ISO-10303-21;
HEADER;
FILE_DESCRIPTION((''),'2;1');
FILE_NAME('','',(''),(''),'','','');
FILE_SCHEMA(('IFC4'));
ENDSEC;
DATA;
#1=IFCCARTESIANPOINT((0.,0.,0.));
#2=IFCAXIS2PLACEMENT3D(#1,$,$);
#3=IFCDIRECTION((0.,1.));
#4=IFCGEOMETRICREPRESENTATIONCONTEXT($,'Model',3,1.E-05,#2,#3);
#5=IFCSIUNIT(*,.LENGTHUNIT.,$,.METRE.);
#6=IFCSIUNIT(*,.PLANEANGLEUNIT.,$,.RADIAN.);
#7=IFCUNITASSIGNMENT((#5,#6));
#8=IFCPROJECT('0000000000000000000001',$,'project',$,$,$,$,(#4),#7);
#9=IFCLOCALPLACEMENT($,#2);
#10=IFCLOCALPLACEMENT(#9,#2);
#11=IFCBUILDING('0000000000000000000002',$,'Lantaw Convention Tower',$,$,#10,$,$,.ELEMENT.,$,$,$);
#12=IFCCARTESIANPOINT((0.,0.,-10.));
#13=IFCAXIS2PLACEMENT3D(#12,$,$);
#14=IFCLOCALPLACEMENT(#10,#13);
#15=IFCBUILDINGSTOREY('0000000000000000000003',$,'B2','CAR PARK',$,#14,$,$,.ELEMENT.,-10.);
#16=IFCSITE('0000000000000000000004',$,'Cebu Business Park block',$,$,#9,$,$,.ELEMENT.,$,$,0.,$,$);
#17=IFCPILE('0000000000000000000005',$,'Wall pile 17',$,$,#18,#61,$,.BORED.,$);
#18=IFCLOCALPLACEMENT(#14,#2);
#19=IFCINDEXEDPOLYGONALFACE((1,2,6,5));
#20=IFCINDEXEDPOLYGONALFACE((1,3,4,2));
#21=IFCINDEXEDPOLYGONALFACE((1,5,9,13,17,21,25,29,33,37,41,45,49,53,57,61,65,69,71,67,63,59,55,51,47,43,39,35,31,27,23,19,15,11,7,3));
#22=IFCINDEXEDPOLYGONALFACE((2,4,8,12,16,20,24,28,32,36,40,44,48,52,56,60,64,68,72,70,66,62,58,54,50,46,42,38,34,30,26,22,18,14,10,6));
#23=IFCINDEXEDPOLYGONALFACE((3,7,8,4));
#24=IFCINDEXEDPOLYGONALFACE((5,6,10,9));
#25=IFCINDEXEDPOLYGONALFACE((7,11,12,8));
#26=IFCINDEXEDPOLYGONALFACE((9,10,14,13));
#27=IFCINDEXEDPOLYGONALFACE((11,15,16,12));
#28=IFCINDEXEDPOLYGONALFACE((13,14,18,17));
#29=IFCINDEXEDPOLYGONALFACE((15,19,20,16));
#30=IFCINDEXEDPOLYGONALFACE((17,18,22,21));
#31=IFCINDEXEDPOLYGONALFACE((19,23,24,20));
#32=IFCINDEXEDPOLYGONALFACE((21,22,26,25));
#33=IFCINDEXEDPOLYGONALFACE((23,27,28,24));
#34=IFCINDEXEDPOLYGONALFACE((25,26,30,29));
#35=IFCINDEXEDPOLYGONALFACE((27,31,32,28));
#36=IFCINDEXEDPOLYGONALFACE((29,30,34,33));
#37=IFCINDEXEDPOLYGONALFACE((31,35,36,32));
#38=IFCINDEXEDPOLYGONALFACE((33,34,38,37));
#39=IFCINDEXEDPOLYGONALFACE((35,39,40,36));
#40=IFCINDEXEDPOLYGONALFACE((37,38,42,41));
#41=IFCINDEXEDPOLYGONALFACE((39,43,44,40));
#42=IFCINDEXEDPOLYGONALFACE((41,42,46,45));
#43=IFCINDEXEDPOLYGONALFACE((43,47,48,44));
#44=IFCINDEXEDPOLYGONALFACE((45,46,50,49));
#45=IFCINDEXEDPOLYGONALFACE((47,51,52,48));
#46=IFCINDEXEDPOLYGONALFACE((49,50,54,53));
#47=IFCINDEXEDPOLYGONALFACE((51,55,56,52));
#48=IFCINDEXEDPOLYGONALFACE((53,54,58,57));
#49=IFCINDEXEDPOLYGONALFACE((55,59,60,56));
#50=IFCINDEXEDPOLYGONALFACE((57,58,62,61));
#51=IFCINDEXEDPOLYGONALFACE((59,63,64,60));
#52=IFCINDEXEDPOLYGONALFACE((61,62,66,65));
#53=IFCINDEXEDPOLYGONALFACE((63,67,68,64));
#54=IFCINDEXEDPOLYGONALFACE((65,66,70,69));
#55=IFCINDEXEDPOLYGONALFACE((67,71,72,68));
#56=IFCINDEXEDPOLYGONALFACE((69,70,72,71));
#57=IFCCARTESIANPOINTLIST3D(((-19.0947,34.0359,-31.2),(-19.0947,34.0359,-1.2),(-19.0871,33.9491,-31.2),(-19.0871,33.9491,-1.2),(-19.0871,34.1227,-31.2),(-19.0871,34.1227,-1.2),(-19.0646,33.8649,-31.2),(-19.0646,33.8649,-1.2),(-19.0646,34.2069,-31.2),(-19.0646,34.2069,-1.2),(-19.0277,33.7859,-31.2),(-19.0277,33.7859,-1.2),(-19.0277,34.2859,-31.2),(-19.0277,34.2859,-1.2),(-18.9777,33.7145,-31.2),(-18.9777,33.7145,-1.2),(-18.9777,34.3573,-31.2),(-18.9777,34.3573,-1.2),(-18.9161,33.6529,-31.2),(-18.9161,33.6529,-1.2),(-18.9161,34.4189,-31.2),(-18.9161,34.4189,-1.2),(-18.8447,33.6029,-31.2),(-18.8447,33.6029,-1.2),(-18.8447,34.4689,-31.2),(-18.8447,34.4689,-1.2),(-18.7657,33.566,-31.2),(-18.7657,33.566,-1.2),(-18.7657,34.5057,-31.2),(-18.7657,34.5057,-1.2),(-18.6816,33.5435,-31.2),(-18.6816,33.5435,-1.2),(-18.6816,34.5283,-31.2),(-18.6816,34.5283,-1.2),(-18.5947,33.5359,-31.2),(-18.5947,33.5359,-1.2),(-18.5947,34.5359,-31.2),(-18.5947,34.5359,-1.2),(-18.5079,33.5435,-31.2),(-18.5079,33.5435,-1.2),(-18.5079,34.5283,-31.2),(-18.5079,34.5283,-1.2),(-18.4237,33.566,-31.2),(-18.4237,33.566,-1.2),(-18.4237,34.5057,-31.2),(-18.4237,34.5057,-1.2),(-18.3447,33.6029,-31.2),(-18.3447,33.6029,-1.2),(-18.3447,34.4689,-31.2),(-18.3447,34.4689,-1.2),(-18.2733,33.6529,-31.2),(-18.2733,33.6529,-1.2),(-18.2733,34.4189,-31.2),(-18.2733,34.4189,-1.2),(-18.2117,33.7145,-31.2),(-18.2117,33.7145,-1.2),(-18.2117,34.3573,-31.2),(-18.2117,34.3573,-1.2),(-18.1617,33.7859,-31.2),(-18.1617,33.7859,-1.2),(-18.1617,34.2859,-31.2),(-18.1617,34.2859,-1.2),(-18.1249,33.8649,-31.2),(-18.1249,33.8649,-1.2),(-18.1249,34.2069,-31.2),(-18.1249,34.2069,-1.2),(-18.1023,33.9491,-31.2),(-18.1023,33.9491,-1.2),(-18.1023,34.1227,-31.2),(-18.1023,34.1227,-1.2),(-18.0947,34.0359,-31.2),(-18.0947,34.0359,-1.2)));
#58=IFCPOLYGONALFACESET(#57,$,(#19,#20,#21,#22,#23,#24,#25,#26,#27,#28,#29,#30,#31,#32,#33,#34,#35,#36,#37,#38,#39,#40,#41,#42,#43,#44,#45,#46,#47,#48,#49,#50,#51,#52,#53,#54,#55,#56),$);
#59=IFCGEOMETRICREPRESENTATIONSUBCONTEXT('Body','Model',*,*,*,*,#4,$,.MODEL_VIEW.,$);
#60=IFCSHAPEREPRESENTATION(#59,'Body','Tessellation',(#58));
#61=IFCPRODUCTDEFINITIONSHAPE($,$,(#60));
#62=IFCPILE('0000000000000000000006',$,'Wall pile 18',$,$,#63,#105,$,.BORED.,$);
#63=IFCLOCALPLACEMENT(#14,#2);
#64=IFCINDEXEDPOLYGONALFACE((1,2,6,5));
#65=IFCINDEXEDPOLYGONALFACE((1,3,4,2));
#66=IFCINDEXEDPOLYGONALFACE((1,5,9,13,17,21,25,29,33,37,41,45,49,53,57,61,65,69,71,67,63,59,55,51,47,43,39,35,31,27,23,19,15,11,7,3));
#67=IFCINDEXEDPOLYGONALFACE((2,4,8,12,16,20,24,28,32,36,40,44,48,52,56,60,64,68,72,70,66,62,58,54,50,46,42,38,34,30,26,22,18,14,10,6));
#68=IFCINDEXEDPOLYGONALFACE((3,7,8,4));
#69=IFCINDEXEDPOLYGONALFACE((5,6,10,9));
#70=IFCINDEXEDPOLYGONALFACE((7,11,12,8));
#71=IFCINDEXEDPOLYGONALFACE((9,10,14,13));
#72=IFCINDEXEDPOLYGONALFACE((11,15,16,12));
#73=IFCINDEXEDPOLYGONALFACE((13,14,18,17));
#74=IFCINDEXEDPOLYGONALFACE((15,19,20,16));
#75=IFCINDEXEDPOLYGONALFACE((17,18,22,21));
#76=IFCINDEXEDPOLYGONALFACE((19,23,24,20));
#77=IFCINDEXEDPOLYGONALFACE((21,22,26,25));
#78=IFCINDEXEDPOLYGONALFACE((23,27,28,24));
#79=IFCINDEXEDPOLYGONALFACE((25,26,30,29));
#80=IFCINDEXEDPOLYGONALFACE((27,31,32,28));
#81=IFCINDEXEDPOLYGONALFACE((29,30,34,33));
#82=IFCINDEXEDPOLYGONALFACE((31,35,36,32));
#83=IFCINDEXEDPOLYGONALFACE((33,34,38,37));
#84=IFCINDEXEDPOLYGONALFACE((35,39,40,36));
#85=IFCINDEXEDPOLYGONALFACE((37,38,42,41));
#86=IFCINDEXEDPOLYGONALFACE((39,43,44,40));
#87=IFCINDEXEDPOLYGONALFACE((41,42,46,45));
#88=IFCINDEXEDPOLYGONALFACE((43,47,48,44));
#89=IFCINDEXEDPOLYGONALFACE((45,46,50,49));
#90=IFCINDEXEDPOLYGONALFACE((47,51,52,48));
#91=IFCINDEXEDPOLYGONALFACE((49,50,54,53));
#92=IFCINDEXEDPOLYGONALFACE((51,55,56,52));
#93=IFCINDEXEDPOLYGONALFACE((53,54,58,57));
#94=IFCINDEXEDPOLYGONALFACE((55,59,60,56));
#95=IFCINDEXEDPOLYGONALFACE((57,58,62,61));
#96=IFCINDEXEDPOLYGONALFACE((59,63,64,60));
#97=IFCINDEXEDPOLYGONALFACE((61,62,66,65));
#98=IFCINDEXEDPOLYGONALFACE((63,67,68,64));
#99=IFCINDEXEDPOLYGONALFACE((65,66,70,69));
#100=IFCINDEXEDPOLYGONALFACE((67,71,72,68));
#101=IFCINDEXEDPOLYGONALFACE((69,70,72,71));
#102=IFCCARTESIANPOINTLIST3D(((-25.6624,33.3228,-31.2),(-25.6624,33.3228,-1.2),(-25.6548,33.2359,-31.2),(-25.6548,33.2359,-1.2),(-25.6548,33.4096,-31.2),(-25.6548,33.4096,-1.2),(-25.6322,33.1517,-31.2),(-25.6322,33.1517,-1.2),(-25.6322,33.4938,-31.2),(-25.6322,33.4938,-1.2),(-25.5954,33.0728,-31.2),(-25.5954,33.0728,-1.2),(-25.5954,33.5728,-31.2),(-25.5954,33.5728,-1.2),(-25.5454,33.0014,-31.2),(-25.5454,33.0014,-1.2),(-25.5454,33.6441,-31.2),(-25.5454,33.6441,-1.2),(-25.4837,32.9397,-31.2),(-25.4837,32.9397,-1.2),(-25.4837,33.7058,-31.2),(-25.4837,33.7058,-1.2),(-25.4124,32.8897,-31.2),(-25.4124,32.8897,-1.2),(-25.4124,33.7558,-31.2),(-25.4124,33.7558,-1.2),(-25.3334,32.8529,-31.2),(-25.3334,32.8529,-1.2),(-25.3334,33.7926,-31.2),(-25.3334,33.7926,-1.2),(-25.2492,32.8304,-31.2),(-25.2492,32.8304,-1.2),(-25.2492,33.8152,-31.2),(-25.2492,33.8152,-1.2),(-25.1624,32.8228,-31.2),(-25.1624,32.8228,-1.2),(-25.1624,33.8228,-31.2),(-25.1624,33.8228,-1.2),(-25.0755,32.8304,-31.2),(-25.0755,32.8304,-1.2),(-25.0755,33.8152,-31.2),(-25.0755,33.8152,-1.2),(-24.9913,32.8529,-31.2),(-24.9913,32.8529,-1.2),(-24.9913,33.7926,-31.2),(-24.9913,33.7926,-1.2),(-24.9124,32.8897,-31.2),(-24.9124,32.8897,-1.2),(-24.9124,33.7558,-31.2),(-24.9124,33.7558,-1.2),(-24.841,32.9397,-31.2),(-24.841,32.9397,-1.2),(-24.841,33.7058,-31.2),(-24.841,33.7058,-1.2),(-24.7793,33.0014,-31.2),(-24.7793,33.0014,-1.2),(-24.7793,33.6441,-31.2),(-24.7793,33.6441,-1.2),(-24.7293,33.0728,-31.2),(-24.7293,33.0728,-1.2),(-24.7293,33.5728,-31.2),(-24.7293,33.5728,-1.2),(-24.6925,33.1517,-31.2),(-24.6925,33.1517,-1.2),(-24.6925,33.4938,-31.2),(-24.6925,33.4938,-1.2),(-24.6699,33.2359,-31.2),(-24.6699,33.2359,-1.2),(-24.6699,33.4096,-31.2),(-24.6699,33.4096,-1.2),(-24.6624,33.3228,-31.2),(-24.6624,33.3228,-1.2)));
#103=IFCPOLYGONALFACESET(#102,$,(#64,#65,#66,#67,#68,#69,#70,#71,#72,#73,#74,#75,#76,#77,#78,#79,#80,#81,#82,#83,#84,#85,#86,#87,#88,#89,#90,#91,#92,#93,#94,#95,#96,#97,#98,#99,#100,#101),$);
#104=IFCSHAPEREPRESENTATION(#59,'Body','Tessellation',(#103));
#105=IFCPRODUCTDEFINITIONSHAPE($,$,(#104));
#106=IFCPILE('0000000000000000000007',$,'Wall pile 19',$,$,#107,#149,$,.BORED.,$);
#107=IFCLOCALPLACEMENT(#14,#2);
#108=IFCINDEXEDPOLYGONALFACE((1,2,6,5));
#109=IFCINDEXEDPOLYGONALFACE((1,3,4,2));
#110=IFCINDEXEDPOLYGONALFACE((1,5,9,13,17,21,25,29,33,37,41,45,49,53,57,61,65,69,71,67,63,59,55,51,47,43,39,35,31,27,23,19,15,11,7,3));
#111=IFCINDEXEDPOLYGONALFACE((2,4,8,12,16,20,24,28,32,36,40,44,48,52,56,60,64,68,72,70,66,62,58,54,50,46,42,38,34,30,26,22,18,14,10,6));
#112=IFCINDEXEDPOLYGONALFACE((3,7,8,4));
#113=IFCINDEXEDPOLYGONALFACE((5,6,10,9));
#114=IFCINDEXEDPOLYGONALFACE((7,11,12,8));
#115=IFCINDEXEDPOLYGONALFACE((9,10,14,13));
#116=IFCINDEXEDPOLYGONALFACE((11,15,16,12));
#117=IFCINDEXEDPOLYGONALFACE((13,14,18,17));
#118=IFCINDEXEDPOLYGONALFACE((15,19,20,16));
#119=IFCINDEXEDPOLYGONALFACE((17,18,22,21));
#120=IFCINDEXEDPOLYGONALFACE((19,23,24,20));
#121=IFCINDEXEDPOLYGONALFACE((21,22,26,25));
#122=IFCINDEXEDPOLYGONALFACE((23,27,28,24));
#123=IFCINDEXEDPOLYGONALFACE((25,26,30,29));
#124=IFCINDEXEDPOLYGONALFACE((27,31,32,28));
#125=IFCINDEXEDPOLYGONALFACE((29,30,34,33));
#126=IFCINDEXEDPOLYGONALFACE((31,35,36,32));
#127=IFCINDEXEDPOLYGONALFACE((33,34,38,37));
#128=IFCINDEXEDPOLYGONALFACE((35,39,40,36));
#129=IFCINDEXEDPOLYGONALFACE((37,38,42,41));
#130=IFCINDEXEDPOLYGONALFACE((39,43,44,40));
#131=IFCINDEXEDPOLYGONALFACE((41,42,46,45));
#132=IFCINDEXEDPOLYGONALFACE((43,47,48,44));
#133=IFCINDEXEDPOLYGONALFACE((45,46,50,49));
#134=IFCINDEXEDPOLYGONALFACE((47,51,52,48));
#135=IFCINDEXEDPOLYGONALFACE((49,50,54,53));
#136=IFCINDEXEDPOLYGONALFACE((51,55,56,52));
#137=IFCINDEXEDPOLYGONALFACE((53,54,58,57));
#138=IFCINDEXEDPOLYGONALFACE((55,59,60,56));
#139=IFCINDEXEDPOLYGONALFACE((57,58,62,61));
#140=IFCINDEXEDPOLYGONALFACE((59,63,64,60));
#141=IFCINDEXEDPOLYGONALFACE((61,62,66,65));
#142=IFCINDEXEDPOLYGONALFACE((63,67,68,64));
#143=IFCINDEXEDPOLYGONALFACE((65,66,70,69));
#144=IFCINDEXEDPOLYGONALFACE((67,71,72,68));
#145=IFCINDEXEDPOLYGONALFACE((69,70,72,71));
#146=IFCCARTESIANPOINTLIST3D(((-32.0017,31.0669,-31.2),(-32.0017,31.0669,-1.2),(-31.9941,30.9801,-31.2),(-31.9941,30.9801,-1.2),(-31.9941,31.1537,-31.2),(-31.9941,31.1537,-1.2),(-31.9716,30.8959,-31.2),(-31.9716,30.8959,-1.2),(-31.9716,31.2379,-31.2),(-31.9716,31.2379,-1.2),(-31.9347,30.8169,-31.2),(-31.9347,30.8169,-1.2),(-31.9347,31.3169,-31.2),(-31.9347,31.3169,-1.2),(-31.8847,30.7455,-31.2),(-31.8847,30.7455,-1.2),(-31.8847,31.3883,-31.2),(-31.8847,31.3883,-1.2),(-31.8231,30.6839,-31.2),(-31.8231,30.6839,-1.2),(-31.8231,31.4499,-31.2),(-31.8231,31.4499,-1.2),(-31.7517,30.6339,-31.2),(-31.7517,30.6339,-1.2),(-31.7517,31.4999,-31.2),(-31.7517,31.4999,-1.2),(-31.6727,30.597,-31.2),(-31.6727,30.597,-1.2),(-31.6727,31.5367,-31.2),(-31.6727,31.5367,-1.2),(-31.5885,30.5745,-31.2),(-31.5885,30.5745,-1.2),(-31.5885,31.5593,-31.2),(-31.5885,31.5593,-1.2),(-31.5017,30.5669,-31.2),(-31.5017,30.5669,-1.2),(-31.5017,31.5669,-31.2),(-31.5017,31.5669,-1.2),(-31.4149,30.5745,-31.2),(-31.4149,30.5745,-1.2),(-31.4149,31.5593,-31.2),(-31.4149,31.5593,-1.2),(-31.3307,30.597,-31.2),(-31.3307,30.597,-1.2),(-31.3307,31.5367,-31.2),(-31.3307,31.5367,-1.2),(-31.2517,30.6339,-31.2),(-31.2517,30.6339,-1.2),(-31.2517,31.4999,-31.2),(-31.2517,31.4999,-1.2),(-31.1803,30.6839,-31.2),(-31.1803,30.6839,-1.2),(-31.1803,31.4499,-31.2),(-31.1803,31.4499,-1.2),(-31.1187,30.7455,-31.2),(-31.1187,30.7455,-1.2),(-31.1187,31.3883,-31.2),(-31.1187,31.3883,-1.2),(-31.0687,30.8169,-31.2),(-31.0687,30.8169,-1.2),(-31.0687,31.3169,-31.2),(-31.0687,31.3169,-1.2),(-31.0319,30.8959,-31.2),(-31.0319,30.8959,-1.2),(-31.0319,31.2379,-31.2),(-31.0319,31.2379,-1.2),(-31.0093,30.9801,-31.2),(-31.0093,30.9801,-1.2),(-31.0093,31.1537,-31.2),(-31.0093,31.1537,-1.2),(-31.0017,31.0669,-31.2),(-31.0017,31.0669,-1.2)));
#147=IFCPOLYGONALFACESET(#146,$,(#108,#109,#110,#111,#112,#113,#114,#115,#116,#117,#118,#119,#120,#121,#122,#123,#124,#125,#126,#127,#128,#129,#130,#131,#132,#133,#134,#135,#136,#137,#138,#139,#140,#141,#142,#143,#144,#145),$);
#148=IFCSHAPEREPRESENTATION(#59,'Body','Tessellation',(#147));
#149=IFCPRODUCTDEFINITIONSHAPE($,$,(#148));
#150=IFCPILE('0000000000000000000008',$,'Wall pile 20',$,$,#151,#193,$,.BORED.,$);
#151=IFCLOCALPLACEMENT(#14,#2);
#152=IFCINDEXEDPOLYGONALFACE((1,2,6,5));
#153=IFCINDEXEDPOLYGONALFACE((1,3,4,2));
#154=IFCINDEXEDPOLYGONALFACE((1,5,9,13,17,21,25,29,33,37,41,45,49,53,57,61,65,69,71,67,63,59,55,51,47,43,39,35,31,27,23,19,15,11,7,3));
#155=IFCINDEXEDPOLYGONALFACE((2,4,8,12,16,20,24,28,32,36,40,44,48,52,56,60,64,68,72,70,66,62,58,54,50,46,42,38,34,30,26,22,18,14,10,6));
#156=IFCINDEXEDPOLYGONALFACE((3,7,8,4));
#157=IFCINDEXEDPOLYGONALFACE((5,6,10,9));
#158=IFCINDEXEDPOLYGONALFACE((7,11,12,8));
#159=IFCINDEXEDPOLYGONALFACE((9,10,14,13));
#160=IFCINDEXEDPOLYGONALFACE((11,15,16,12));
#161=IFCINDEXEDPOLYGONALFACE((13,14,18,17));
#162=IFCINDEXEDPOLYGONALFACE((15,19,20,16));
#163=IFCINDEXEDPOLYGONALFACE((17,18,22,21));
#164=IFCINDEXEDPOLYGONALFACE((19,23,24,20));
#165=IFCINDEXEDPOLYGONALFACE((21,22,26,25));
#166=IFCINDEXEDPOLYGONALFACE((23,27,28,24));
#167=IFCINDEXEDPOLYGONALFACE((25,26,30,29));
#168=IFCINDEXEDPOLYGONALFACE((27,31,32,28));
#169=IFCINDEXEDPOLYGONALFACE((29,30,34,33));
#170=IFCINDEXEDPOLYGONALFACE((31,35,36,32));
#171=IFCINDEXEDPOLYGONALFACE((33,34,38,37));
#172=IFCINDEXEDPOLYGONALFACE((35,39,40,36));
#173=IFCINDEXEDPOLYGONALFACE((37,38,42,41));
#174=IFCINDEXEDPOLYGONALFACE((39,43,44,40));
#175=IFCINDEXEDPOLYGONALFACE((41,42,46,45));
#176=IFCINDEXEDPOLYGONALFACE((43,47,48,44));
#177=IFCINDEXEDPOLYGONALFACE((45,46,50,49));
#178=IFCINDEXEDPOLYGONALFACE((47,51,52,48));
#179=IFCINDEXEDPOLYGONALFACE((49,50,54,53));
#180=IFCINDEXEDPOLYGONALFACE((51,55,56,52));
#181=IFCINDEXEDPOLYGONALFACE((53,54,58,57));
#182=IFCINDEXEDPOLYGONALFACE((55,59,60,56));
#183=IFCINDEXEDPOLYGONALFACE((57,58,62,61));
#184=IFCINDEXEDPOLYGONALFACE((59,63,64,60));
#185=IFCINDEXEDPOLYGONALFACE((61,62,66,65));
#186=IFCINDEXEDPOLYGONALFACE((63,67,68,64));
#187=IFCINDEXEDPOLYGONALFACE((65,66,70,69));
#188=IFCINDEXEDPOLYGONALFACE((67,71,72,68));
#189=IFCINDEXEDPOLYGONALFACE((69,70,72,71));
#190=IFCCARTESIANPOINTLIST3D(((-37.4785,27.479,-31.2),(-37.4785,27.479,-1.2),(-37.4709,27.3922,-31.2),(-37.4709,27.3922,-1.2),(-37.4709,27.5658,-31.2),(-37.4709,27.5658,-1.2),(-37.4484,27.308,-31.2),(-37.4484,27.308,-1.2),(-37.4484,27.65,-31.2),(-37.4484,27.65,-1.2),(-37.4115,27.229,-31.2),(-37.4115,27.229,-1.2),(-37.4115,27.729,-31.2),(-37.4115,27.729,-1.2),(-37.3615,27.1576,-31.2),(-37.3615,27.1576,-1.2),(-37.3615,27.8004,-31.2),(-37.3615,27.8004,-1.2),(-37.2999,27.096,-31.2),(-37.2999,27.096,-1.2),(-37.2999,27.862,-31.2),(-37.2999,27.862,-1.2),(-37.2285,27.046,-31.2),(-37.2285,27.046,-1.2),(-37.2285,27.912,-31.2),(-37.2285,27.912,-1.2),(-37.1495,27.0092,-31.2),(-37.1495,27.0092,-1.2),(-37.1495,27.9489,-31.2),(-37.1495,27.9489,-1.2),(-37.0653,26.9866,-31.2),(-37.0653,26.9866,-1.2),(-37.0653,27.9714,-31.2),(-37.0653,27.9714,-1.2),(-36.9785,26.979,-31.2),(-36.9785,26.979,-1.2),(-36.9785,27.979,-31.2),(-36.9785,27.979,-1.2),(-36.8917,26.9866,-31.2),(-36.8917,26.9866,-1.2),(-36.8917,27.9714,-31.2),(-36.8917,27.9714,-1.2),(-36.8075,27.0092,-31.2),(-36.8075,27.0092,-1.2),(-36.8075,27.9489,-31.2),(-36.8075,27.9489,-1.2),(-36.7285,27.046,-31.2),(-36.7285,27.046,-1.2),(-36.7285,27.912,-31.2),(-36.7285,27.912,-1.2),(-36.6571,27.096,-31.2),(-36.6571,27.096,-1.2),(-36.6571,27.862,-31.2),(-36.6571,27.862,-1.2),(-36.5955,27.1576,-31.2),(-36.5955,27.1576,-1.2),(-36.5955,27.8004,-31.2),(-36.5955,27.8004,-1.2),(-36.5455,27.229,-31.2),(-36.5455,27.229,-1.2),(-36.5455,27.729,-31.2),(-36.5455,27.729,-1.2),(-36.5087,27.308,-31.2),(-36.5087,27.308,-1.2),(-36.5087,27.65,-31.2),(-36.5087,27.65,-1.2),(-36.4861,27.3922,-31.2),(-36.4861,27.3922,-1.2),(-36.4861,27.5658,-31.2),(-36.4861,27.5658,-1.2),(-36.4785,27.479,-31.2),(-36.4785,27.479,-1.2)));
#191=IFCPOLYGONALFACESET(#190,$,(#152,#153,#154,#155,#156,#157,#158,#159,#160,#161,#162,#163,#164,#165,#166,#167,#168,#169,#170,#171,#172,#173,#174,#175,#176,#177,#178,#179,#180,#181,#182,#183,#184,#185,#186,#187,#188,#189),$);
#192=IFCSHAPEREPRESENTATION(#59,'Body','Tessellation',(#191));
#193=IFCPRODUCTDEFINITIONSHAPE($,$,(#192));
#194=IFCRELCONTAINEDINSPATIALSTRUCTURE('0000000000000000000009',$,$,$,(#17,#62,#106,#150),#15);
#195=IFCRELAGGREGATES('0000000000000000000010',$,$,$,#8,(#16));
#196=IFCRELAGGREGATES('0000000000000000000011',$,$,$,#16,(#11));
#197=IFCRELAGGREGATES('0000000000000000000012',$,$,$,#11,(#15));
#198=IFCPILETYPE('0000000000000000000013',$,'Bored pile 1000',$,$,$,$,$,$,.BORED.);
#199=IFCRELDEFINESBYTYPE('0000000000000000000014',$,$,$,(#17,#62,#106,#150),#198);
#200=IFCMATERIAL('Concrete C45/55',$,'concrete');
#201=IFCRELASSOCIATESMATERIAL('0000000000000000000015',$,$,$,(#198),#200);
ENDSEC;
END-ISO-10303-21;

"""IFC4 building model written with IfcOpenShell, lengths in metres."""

from ifc_helpers import new_model, si_unit, direction, frame, origin, origin_2d, place, context, subcontext, project, spatial, circle, extrude, material, material_profile, profile_set, type_object, element, save


model = new_model("IFC4")

# Units and contexts
model_context = context("Model", 3, precision=1e-05, world=origin(), true_north=direction((0.0, 1.0)))
body_context = subcontext(model_context, "Body", "Model", "MODEL_VIEW")
ifc_project = project(units=[si_unit("LENGTHUNIT", "METRE"), si_unit("PLANEANGLEUNIT", "RADIAN")], contexts=[model_context])

# Site, building, storey
site_placement = place(None, origin())
site = spatial("IfcSite", under=ifc_project, at=site_placement, Name="Cebu Business Park block", CompositionType="ELEMENT", RefElevation=0.0)
building_placement = place(site_placement, origin())
building = spatial("IfcBuilding", under=site, at=building_placement, Name="Lantaw Convention Tower", CompositionType="ELEMENT")
storey_placement = place(building_placement, frame((0.0, 0.0, -10.0)))
storey = spatial("IfcBuildingStorey", under=building, at=storey_placement, Name="B2", Description="CAR PARK", CompositionType="ELEMENT", Elevation=-10.0)

# Piles
ifc_material_1 = material(Name="Concrete C45/55", Category="concrete")
ifc_material_profile_1 = material_profile(ifc_material_1, circle(Radius=0.5, at=origin_2d()), Name="Bored pile 1000")
ifc_profile_set_1 = profile_set([ifc_material_profile_1], Name="Concrete C45/55")
pile_type_1 = type_object("IfcPileType", Name="Bored pile 1000", PredefinedType="BORED", material=ifc_profile_set_1)
for number, where, z_axis, x_axis, name in (
    (1, (-18.5947, 34.0359, -1.2), (0.0, 0.0, -1.0), (1.0, 0.0, 0.0), "Wall pile 17"),
    (2, (-25.1624, 33.3228, -1.2), (0.0, 0.0, -1.0), (1.0, 0.0, 0.0), "Wall pile 18"),
    (3, (-31.5017, 31.0669, -1.2), (0.0, 0.0, -1.0), (1.0, 0.0, 0.0), "Wall pile 19"),
    (4, (-36.9785, 27.479, -1.2), (0.0, 0.0, -1.0), (1.0, 0.0, 0.0), "Wall pile 20"),
):
    element("IfcPile", number, at=place(storey_placement, frame(where, z_axis=z_axis, x_axis=x_axis)), inside=storey, type_object=pile_type_1, Name=name, PredefinedType="BORED", context=body_context, shape_type="SweptSolid", body=[
        extrude(circle(Radius=0.5, at=origin_2d()), origin(), (0.0, 0.0, 1.0), 30.0),
    ])

save(model, "model.ifc")
